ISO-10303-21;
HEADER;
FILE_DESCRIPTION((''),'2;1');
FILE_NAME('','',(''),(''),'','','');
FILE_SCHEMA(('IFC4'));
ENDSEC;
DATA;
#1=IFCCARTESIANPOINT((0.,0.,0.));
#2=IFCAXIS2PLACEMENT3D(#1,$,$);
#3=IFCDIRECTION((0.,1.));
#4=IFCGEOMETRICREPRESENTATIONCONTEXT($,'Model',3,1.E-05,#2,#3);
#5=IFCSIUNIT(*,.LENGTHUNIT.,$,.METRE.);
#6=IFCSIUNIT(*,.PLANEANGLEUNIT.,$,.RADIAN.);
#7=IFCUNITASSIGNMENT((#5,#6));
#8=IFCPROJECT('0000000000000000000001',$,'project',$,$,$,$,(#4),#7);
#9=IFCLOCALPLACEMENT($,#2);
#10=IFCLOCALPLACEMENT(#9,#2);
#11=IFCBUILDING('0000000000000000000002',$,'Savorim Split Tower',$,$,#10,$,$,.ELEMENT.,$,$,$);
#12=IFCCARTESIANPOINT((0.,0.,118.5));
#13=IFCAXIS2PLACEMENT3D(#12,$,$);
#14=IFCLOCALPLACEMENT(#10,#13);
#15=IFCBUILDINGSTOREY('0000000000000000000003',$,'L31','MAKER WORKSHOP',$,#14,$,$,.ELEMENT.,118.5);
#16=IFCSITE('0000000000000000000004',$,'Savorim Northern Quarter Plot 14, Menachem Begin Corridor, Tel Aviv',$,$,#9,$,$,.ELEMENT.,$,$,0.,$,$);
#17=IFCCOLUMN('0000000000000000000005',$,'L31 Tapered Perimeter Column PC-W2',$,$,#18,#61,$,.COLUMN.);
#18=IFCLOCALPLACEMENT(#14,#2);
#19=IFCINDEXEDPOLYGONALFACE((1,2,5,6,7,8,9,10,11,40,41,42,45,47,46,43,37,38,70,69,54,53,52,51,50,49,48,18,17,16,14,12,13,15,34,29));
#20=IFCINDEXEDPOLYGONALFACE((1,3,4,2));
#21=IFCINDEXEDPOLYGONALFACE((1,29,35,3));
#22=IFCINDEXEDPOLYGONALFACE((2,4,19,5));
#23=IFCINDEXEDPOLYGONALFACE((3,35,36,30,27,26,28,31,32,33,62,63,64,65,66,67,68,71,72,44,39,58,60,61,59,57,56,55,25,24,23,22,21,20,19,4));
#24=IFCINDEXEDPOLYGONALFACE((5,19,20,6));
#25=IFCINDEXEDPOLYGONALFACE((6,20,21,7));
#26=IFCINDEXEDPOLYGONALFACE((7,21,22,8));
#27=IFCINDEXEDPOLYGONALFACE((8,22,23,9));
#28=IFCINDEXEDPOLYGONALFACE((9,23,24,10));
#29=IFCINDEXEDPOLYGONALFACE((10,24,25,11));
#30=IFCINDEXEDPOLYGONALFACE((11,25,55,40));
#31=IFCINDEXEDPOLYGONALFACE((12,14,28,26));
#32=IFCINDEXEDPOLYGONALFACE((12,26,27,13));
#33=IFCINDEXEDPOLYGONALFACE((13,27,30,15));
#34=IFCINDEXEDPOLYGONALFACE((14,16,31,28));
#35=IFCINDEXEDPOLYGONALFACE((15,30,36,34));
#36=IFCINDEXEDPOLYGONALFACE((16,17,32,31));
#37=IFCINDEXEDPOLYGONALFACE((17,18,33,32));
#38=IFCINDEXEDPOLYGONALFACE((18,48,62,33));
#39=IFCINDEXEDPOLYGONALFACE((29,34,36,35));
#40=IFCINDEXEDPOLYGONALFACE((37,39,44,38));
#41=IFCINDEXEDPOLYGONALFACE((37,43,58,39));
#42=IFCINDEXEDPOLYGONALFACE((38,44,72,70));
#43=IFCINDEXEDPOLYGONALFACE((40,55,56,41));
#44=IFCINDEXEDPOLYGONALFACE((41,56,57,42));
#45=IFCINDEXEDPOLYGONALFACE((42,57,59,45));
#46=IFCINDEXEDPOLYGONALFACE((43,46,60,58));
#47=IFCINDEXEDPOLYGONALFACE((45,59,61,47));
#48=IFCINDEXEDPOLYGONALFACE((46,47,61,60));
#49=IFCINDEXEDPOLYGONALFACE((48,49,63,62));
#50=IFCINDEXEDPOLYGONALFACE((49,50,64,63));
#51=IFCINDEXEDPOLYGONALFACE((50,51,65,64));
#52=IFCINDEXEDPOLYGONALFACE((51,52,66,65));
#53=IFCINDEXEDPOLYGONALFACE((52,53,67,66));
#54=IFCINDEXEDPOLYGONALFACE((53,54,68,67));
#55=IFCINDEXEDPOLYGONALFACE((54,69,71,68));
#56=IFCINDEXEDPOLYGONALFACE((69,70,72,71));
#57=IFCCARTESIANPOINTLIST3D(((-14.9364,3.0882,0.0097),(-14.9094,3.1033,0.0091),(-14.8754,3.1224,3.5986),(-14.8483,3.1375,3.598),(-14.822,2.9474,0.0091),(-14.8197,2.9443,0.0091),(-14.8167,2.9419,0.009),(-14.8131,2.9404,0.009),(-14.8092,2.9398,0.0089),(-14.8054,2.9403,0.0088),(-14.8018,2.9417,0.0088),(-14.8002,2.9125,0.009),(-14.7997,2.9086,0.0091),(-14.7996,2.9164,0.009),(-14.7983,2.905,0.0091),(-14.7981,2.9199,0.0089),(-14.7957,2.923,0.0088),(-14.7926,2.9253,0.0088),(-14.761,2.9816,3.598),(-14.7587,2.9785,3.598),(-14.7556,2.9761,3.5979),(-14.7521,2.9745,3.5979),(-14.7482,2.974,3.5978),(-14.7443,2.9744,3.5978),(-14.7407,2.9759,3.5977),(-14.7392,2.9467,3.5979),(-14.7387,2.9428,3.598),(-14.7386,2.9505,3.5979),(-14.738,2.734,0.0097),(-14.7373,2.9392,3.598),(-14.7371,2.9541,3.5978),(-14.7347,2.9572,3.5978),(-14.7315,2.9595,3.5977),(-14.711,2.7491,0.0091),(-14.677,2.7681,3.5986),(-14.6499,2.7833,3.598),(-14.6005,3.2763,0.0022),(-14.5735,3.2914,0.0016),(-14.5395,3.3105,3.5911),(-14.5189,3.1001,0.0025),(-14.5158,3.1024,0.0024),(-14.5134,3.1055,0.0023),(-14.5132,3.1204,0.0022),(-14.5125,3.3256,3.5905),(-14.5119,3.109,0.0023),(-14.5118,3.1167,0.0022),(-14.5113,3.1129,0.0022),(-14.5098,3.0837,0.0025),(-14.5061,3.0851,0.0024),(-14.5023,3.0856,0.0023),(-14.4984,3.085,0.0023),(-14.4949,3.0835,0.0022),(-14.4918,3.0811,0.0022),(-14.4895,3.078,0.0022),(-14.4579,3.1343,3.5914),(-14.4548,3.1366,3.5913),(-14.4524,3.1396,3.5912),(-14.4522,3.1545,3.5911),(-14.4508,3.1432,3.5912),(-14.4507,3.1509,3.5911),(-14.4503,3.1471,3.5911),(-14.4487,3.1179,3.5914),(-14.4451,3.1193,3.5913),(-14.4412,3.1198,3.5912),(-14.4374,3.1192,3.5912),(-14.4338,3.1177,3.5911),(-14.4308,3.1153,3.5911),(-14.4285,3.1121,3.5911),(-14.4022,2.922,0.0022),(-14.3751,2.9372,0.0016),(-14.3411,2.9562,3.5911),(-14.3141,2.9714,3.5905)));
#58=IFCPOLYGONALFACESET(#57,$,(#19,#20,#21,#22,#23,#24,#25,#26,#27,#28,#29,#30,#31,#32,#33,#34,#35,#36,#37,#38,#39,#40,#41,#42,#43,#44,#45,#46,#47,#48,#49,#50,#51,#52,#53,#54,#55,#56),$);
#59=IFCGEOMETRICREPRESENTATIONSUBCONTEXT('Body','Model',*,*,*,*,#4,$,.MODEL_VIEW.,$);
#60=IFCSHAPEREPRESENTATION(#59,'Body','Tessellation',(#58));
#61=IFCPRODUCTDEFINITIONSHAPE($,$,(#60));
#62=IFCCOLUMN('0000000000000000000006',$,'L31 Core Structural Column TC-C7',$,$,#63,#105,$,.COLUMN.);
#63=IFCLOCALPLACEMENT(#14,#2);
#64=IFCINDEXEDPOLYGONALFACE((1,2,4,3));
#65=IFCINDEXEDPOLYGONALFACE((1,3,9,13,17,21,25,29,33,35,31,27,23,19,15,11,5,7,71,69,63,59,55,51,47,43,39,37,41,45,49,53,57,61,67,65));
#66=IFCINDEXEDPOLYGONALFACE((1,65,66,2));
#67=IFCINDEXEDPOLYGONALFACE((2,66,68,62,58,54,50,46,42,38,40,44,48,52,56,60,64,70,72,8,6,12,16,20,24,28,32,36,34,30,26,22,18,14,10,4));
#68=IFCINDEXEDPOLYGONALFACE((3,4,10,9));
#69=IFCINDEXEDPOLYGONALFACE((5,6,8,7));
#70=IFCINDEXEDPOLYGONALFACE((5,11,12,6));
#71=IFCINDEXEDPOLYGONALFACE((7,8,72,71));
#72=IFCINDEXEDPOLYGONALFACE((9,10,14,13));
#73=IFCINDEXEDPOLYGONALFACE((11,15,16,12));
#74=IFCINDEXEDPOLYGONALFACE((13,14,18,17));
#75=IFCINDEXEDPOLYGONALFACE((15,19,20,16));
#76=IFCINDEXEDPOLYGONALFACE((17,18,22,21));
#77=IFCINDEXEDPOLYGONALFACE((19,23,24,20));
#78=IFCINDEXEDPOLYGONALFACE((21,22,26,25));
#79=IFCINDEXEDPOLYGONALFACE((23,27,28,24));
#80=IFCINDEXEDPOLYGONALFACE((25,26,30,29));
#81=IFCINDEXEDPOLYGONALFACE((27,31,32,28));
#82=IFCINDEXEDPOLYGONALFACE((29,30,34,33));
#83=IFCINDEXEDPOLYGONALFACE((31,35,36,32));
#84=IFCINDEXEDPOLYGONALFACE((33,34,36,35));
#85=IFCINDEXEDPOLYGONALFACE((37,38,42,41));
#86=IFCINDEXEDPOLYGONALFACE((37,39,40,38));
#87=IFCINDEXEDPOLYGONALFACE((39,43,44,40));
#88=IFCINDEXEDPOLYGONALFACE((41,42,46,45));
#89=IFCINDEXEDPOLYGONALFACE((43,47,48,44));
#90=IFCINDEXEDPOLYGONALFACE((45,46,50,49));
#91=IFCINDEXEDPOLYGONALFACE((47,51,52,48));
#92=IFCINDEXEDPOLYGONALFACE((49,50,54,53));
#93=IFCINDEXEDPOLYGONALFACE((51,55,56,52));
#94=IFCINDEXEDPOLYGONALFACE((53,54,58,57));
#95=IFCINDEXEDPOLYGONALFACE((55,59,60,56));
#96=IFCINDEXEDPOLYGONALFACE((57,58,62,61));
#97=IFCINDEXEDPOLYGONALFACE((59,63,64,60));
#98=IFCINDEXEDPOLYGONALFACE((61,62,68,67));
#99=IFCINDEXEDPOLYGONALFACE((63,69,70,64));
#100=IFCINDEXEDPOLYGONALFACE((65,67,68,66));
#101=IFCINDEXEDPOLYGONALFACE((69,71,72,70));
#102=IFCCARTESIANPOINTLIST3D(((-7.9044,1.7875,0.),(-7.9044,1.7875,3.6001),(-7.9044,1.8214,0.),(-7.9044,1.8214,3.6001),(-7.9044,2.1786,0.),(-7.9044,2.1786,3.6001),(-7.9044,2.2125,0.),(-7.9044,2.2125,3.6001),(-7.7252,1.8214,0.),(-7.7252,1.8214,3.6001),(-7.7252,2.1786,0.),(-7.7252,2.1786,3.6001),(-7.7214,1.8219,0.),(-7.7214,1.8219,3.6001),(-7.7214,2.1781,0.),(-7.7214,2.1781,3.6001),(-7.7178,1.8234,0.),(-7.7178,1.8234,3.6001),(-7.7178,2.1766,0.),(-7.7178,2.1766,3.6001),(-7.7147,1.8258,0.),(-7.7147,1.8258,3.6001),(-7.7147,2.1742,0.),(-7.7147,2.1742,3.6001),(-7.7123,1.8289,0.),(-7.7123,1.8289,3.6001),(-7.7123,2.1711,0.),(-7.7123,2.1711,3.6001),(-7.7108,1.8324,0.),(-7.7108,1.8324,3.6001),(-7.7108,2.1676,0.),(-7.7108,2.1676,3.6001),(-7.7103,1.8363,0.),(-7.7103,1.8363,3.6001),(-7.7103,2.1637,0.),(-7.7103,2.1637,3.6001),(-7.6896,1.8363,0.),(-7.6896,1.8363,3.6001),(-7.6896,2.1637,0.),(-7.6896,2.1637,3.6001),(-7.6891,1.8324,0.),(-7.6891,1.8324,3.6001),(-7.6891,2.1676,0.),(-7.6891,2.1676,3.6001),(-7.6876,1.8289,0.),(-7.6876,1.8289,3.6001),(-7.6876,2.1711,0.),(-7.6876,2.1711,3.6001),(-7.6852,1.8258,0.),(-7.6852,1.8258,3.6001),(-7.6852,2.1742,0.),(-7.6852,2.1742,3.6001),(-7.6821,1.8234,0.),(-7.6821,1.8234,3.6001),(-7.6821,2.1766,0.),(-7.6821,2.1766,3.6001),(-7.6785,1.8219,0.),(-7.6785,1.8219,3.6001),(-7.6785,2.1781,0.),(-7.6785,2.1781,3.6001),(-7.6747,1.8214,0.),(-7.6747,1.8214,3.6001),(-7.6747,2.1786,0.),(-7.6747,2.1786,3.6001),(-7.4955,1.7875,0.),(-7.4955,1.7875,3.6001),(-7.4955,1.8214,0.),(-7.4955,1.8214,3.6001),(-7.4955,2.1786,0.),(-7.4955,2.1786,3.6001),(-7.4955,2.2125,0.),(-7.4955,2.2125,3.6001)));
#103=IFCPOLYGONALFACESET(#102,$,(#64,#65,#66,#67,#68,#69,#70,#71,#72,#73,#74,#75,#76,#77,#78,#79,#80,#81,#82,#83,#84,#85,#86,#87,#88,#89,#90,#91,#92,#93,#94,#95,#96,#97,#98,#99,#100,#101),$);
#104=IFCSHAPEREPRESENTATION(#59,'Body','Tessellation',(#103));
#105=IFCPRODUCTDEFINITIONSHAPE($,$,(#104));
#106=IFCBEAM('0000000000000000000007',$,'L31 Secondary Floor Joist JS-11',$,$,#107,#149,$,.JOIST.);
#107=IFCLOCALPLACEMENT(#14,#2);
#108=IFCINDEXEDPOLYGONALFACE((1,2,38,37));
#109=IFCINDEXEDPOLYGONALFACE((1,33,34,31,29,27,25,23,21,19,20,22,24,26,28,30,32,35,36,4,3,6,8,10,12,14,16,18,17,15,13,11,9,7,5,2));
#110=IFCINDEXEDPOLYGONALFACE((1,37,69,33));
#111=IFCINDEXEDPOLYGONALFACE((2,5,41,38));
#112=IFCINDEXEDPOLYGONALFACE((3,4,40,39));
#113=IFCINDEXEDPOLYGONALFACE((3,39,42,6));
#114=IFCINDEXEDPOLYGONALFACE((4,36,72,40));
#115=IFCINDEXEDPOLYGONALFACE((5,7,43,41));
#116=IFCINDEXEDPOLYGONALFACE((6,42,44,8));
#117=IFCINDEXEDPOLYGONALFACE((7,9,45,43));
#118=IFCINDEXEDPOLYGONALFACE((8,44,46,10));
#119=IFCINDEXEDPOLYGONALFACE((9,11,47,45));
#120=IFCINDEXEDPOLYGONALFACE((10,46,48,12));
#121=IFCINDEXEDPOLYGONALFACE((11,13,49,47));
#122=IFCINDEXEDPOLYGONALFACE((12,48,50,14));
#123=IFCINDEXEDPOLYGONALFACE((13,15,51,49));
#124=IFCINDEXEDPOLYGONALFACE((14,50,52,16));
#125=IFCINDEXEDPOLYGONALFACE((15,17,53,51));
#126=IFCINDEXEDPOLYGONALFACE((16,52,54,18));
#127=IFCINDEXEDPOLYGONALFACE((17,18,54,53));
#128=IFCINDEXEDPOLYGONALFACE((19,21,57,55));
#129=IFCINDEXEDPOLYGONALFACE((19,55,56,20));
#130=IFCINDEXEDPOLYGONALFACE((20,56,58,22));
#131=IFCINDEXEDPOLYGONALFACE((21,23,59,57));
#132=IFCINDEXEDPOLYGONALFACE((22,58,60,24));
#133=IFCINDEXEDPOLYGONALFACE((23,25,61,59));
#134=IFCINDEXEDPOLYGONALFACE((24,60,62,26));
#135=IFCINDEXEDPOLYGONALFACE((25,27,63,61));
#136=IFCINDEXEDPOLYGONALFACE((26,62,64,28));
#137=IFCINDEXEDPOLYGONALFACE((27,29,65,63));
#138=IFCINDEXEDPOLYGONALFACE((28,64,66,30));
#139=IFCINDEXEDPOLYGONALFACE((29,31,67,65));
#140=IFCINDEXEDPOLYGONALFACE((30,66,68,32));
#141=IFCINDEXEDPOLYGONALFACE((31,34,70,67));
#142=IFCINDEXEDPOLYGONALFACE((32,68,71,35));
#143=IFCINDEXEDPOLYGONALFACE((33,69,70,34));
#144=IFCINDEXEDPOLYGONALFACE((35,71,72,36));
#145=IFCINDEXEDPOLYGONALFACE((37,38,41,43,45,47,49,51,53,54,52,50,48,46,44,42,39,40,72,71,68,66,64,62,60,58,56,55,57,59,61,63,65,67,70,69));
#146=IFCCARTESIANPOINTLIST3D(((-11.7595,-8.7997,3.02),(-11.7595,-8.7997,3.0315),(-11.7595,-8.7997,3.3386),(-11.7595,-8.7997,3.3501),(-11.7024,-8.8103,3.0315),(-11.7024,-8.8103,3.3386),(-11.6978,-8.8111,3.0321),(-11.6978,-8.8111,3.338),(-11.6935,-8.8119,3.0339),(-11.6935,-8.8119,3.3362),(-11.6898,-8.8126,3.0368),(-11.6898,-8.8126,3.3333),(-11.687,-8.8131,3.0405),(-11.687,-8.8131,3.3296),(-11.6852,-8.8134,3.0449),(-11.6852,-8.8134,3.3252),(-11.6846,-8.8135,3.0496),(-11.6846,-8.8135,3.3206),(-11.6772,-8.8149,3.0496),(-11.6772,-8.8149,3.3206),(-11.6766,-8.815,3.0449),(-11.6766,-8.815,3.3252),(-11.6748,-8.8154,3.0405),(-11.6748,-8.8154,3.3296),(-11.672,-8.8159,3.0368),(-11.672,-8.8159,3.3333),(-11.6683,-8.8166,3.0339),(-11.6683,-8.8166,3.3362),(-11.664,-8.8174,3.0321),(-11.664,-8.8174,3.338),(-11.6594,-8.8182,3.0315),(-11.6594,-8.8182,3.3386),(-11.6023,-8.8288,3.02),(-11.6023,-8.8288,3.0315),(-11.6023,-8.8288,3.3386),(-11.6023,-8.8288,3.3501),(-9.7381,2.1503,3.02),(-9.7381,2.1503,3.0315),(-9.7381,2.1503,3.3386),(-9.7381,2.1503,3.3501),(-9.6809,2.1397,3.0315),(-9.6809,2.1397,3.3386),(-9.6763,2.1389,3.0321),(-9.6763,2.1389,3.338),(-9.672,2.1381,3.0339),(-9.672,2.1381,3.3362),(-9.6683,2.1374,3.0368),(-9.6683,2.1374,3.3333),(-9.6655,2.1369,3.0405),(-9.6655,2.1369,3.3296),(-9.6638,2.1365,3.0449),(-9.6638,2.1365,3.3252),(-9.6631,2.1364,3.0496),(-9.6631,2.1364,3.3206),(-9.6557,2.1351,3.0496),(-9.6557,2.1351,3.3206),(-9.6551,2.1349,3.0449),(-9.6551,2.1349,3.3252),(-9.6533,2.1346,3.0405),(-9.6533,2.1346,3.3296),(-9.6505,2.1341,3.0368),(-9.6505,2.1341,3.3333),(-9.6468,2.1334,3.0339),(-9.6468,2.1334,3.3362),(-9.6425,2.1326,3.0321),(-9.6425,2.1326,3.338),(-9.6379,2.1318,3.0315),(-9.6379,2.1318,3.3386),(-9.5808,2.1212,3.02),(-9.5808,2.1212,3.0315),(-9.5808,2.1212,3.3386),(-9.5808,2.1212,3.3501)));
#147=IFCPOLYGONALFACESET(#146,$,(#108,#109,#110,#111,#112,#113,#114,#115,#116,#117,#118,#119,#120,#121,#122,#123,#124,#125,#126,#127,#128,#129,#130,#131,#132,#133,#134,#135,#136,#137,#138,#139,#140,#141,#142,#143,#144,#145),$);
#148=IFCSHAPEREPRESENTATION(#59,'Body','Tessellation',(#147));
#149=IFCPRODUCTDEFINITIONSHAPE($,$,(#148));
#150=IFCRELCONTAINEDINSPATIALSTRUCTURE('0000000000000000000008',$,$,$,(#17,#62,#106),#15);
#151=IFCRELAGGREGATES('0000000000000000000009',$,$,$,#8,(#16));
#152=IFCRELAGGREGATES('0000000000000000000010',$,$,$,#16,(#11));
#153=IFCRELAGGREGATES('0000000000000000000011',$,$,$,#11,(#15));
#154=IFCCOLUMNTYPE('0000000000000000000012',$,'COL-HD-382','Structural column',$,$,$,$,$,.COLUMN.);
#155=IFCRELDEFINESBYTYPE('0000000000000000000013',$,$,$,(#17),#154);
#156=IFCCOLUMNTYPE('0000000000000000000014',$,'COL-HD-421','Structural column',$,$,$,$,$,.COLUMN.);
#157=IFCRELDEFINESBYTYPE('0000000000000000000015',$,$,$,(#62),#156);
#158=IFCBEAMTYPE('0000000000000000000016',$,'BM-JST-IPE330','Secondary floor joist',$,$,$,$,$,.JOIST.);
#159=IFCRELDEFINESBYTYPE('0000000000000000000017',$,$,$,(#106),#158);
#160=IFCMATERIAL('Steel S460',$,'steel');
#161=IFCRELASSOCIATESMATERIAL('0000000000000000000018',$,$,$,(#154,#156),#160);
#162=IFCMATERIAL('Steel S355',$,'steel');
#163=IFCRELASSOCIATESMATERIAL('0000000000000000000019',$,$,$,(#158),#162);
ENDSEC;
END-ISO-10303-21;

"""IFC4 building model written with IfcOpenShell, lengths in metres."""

from ifc_helpers import new_model, si_unit, direction, frame, origin, origin_2d, place, context, subcontext, project, spatial, i_section, extrude, material, material_profile, profile_set, type_object, element, save


model = new_model("IFC4")

# Units and contexts
model_context = context("Model", 3, precision=1e-05, world=origin(), true_north=direction((0.0, 1.0)))
body_context = subcontext(model_context, "Body", "Model", "MODEL_VIEW")
ifc_project = project(units=[si_unit("LENGTHUNIT", "METRE"), si_unit("PLANEANGLEUNIT", "RADIAN")], contexts=[model_context])

# Site, building, storey
site_placement = place(None, origin())
site = spatial("IfcSite", under=ifc_project, at=site_placement, Name="Savorim Northern Quarter Plot 14, Menachem Begin Corridor, Tel Aviv", CompositionType="ELEMENT", RefElevation=0.0)
building_placement = place(site_placement, origin())
building = spatial("IfcBuilding", under=site, at=building_placement, Name="Savorim Split Tower", CompositionType="ELEMENT")
storey_placement = place(building_placement, frame((0.0, 0.0, 118.5)))
storey = spatial("IfcBuildingStorey", under=building, at=storey_placement, Name="L31", Description="MAKER WORKSHOP", CompositionType="ELEMENT", Elevation=118.5)

# Columns
ifc_material_1 = material(Name="Steel S460", Category="steel")
ifc_material_profile_1 = material_profile(ifc_material_1, i_section(OverallWidth=0.406, OverallDepth=0.416, WebThickness=0.0188, FlangeThickness=0.031, FilletRadius=0.0149, at=origin_2d()), Name="HD 400x382")
ifc_profile_set_1 = profile_set([ifc_material_profile_1], Name="Steel S460")
column_type_1 = type_object("IfcColumnType", Name="COL-HD-382", Description="Structural column", PredefinedType="COLUMN", material=ifc_profile_set_1)
column_1_placement = place(storey_placement, frame((-14.6558, 3.0127, 0.0056), z_axis=(0.017004, 0.009522, 0.99981), x_axis=(-0.488603, 0.872506, 0.0)))
element("IfcColumn", 1, at=column_1_placement, inside=storey, type_object=column_type_1, Name="L31 Tapered Perimeter Column PC-W2", PredefinedType="COLUMN", context=body_context, shape_type="SweptSolid", body=[
    extrude(i_section(OverallWidth=0.406, OverallDepth=0.416, WebThickness=0.0188, FlangeThickness=0.031, FilletRadius=0.0149, at=origin_2d()), origin(), (0.0, 0.0, 1.0), 3.5896),
])
ifc_material_profile_2 = material_profile(ifc_material_1, i_section(OverallWidth=0.4089, OverallDepth=0.425, WebThickness=0.0208, FlangeThickness=0.0339, FilletRadius=0.0149, at=origin_2d()), Name="HD 400x421")
ifc_profile_set_2 = profile_set([ifc_material_profile_2], Name="Steel S460")
column_type_2 = type_object("IfcColumnType", Name="COL-HD-421", Description="Structural column", PredefinedType="COLUMN", material=ifc_profile_set_2)
column_2_placement = place(storey_placement, frame((-7.7, 2.0, 0.0), z_axis=(0.0, 0.0, 1.0), x_axis=(1.0, 0.0, 0.0)))
element("IfcColumn", 2, at=column_2_placement, inside=storey, type_object=column_type_2, Name="L31 Core Structural Column TC-C7", PredefinedType="COLUMN", context=body_context, shape_type="SweptSolid", body=[
    extrude(i_section(OverallWidth=0.4089, OverallDepth=0.425, WebThickness=0.0208, FlangeThickness=0.0339, FilletRadius=0.0149, at=origin_2d()), origin(), (0.0, 0.0, 1.0), 3.6001),
])

# Beam
ifc_material_2 = material(Name="Steel S355", Category="steel")
ifc_material_profile_3 = material_profile(ifc_material_2, i_section(OverallWidth=0.1599, OverallDepth=0.3301, WebThickness=0.0076, FlangeThickness=0.0115, FilletRadius=0.0181, at=origin_2d()), Name="IPE 330")
ifc_profile_set_3 = profile_set([ifc_material_profile_3], Name="Steel S355")
beam_type_1 = type_object("IfcBeamType", Name="BM-JST-IPE330", Description="Secondary floor joist", PredefinedType="JOIST", material=ifc_profile_set_3)
beam_1_placement = place(storey_placement, frame((-9.6594, 2.1357, 3.1851), z_axis=(-0.181544, -0.983383, 0.0), x_axis=(0.983383, -0.181544, 0.0)))
element("IfcBeam", 3, at=beam_1_placement, inside=storey, type_object=beam_type_1, Name="L31 Secondary Floor Joist JS-11", PredefinedType="JOIST", context=body_context, shape_type="SweptSolid", body=[
    extrude(i_section(OverallWidth=0.1599, OverallDepth=0.3301, WebThickness=0.0076, FlangeThickness=0.0115, FilletRadius=0.0181, at=origin_2d()), origin(), (0.0, 0.0, 1.0), 11.135),
])

save(model, "model.ifc")
